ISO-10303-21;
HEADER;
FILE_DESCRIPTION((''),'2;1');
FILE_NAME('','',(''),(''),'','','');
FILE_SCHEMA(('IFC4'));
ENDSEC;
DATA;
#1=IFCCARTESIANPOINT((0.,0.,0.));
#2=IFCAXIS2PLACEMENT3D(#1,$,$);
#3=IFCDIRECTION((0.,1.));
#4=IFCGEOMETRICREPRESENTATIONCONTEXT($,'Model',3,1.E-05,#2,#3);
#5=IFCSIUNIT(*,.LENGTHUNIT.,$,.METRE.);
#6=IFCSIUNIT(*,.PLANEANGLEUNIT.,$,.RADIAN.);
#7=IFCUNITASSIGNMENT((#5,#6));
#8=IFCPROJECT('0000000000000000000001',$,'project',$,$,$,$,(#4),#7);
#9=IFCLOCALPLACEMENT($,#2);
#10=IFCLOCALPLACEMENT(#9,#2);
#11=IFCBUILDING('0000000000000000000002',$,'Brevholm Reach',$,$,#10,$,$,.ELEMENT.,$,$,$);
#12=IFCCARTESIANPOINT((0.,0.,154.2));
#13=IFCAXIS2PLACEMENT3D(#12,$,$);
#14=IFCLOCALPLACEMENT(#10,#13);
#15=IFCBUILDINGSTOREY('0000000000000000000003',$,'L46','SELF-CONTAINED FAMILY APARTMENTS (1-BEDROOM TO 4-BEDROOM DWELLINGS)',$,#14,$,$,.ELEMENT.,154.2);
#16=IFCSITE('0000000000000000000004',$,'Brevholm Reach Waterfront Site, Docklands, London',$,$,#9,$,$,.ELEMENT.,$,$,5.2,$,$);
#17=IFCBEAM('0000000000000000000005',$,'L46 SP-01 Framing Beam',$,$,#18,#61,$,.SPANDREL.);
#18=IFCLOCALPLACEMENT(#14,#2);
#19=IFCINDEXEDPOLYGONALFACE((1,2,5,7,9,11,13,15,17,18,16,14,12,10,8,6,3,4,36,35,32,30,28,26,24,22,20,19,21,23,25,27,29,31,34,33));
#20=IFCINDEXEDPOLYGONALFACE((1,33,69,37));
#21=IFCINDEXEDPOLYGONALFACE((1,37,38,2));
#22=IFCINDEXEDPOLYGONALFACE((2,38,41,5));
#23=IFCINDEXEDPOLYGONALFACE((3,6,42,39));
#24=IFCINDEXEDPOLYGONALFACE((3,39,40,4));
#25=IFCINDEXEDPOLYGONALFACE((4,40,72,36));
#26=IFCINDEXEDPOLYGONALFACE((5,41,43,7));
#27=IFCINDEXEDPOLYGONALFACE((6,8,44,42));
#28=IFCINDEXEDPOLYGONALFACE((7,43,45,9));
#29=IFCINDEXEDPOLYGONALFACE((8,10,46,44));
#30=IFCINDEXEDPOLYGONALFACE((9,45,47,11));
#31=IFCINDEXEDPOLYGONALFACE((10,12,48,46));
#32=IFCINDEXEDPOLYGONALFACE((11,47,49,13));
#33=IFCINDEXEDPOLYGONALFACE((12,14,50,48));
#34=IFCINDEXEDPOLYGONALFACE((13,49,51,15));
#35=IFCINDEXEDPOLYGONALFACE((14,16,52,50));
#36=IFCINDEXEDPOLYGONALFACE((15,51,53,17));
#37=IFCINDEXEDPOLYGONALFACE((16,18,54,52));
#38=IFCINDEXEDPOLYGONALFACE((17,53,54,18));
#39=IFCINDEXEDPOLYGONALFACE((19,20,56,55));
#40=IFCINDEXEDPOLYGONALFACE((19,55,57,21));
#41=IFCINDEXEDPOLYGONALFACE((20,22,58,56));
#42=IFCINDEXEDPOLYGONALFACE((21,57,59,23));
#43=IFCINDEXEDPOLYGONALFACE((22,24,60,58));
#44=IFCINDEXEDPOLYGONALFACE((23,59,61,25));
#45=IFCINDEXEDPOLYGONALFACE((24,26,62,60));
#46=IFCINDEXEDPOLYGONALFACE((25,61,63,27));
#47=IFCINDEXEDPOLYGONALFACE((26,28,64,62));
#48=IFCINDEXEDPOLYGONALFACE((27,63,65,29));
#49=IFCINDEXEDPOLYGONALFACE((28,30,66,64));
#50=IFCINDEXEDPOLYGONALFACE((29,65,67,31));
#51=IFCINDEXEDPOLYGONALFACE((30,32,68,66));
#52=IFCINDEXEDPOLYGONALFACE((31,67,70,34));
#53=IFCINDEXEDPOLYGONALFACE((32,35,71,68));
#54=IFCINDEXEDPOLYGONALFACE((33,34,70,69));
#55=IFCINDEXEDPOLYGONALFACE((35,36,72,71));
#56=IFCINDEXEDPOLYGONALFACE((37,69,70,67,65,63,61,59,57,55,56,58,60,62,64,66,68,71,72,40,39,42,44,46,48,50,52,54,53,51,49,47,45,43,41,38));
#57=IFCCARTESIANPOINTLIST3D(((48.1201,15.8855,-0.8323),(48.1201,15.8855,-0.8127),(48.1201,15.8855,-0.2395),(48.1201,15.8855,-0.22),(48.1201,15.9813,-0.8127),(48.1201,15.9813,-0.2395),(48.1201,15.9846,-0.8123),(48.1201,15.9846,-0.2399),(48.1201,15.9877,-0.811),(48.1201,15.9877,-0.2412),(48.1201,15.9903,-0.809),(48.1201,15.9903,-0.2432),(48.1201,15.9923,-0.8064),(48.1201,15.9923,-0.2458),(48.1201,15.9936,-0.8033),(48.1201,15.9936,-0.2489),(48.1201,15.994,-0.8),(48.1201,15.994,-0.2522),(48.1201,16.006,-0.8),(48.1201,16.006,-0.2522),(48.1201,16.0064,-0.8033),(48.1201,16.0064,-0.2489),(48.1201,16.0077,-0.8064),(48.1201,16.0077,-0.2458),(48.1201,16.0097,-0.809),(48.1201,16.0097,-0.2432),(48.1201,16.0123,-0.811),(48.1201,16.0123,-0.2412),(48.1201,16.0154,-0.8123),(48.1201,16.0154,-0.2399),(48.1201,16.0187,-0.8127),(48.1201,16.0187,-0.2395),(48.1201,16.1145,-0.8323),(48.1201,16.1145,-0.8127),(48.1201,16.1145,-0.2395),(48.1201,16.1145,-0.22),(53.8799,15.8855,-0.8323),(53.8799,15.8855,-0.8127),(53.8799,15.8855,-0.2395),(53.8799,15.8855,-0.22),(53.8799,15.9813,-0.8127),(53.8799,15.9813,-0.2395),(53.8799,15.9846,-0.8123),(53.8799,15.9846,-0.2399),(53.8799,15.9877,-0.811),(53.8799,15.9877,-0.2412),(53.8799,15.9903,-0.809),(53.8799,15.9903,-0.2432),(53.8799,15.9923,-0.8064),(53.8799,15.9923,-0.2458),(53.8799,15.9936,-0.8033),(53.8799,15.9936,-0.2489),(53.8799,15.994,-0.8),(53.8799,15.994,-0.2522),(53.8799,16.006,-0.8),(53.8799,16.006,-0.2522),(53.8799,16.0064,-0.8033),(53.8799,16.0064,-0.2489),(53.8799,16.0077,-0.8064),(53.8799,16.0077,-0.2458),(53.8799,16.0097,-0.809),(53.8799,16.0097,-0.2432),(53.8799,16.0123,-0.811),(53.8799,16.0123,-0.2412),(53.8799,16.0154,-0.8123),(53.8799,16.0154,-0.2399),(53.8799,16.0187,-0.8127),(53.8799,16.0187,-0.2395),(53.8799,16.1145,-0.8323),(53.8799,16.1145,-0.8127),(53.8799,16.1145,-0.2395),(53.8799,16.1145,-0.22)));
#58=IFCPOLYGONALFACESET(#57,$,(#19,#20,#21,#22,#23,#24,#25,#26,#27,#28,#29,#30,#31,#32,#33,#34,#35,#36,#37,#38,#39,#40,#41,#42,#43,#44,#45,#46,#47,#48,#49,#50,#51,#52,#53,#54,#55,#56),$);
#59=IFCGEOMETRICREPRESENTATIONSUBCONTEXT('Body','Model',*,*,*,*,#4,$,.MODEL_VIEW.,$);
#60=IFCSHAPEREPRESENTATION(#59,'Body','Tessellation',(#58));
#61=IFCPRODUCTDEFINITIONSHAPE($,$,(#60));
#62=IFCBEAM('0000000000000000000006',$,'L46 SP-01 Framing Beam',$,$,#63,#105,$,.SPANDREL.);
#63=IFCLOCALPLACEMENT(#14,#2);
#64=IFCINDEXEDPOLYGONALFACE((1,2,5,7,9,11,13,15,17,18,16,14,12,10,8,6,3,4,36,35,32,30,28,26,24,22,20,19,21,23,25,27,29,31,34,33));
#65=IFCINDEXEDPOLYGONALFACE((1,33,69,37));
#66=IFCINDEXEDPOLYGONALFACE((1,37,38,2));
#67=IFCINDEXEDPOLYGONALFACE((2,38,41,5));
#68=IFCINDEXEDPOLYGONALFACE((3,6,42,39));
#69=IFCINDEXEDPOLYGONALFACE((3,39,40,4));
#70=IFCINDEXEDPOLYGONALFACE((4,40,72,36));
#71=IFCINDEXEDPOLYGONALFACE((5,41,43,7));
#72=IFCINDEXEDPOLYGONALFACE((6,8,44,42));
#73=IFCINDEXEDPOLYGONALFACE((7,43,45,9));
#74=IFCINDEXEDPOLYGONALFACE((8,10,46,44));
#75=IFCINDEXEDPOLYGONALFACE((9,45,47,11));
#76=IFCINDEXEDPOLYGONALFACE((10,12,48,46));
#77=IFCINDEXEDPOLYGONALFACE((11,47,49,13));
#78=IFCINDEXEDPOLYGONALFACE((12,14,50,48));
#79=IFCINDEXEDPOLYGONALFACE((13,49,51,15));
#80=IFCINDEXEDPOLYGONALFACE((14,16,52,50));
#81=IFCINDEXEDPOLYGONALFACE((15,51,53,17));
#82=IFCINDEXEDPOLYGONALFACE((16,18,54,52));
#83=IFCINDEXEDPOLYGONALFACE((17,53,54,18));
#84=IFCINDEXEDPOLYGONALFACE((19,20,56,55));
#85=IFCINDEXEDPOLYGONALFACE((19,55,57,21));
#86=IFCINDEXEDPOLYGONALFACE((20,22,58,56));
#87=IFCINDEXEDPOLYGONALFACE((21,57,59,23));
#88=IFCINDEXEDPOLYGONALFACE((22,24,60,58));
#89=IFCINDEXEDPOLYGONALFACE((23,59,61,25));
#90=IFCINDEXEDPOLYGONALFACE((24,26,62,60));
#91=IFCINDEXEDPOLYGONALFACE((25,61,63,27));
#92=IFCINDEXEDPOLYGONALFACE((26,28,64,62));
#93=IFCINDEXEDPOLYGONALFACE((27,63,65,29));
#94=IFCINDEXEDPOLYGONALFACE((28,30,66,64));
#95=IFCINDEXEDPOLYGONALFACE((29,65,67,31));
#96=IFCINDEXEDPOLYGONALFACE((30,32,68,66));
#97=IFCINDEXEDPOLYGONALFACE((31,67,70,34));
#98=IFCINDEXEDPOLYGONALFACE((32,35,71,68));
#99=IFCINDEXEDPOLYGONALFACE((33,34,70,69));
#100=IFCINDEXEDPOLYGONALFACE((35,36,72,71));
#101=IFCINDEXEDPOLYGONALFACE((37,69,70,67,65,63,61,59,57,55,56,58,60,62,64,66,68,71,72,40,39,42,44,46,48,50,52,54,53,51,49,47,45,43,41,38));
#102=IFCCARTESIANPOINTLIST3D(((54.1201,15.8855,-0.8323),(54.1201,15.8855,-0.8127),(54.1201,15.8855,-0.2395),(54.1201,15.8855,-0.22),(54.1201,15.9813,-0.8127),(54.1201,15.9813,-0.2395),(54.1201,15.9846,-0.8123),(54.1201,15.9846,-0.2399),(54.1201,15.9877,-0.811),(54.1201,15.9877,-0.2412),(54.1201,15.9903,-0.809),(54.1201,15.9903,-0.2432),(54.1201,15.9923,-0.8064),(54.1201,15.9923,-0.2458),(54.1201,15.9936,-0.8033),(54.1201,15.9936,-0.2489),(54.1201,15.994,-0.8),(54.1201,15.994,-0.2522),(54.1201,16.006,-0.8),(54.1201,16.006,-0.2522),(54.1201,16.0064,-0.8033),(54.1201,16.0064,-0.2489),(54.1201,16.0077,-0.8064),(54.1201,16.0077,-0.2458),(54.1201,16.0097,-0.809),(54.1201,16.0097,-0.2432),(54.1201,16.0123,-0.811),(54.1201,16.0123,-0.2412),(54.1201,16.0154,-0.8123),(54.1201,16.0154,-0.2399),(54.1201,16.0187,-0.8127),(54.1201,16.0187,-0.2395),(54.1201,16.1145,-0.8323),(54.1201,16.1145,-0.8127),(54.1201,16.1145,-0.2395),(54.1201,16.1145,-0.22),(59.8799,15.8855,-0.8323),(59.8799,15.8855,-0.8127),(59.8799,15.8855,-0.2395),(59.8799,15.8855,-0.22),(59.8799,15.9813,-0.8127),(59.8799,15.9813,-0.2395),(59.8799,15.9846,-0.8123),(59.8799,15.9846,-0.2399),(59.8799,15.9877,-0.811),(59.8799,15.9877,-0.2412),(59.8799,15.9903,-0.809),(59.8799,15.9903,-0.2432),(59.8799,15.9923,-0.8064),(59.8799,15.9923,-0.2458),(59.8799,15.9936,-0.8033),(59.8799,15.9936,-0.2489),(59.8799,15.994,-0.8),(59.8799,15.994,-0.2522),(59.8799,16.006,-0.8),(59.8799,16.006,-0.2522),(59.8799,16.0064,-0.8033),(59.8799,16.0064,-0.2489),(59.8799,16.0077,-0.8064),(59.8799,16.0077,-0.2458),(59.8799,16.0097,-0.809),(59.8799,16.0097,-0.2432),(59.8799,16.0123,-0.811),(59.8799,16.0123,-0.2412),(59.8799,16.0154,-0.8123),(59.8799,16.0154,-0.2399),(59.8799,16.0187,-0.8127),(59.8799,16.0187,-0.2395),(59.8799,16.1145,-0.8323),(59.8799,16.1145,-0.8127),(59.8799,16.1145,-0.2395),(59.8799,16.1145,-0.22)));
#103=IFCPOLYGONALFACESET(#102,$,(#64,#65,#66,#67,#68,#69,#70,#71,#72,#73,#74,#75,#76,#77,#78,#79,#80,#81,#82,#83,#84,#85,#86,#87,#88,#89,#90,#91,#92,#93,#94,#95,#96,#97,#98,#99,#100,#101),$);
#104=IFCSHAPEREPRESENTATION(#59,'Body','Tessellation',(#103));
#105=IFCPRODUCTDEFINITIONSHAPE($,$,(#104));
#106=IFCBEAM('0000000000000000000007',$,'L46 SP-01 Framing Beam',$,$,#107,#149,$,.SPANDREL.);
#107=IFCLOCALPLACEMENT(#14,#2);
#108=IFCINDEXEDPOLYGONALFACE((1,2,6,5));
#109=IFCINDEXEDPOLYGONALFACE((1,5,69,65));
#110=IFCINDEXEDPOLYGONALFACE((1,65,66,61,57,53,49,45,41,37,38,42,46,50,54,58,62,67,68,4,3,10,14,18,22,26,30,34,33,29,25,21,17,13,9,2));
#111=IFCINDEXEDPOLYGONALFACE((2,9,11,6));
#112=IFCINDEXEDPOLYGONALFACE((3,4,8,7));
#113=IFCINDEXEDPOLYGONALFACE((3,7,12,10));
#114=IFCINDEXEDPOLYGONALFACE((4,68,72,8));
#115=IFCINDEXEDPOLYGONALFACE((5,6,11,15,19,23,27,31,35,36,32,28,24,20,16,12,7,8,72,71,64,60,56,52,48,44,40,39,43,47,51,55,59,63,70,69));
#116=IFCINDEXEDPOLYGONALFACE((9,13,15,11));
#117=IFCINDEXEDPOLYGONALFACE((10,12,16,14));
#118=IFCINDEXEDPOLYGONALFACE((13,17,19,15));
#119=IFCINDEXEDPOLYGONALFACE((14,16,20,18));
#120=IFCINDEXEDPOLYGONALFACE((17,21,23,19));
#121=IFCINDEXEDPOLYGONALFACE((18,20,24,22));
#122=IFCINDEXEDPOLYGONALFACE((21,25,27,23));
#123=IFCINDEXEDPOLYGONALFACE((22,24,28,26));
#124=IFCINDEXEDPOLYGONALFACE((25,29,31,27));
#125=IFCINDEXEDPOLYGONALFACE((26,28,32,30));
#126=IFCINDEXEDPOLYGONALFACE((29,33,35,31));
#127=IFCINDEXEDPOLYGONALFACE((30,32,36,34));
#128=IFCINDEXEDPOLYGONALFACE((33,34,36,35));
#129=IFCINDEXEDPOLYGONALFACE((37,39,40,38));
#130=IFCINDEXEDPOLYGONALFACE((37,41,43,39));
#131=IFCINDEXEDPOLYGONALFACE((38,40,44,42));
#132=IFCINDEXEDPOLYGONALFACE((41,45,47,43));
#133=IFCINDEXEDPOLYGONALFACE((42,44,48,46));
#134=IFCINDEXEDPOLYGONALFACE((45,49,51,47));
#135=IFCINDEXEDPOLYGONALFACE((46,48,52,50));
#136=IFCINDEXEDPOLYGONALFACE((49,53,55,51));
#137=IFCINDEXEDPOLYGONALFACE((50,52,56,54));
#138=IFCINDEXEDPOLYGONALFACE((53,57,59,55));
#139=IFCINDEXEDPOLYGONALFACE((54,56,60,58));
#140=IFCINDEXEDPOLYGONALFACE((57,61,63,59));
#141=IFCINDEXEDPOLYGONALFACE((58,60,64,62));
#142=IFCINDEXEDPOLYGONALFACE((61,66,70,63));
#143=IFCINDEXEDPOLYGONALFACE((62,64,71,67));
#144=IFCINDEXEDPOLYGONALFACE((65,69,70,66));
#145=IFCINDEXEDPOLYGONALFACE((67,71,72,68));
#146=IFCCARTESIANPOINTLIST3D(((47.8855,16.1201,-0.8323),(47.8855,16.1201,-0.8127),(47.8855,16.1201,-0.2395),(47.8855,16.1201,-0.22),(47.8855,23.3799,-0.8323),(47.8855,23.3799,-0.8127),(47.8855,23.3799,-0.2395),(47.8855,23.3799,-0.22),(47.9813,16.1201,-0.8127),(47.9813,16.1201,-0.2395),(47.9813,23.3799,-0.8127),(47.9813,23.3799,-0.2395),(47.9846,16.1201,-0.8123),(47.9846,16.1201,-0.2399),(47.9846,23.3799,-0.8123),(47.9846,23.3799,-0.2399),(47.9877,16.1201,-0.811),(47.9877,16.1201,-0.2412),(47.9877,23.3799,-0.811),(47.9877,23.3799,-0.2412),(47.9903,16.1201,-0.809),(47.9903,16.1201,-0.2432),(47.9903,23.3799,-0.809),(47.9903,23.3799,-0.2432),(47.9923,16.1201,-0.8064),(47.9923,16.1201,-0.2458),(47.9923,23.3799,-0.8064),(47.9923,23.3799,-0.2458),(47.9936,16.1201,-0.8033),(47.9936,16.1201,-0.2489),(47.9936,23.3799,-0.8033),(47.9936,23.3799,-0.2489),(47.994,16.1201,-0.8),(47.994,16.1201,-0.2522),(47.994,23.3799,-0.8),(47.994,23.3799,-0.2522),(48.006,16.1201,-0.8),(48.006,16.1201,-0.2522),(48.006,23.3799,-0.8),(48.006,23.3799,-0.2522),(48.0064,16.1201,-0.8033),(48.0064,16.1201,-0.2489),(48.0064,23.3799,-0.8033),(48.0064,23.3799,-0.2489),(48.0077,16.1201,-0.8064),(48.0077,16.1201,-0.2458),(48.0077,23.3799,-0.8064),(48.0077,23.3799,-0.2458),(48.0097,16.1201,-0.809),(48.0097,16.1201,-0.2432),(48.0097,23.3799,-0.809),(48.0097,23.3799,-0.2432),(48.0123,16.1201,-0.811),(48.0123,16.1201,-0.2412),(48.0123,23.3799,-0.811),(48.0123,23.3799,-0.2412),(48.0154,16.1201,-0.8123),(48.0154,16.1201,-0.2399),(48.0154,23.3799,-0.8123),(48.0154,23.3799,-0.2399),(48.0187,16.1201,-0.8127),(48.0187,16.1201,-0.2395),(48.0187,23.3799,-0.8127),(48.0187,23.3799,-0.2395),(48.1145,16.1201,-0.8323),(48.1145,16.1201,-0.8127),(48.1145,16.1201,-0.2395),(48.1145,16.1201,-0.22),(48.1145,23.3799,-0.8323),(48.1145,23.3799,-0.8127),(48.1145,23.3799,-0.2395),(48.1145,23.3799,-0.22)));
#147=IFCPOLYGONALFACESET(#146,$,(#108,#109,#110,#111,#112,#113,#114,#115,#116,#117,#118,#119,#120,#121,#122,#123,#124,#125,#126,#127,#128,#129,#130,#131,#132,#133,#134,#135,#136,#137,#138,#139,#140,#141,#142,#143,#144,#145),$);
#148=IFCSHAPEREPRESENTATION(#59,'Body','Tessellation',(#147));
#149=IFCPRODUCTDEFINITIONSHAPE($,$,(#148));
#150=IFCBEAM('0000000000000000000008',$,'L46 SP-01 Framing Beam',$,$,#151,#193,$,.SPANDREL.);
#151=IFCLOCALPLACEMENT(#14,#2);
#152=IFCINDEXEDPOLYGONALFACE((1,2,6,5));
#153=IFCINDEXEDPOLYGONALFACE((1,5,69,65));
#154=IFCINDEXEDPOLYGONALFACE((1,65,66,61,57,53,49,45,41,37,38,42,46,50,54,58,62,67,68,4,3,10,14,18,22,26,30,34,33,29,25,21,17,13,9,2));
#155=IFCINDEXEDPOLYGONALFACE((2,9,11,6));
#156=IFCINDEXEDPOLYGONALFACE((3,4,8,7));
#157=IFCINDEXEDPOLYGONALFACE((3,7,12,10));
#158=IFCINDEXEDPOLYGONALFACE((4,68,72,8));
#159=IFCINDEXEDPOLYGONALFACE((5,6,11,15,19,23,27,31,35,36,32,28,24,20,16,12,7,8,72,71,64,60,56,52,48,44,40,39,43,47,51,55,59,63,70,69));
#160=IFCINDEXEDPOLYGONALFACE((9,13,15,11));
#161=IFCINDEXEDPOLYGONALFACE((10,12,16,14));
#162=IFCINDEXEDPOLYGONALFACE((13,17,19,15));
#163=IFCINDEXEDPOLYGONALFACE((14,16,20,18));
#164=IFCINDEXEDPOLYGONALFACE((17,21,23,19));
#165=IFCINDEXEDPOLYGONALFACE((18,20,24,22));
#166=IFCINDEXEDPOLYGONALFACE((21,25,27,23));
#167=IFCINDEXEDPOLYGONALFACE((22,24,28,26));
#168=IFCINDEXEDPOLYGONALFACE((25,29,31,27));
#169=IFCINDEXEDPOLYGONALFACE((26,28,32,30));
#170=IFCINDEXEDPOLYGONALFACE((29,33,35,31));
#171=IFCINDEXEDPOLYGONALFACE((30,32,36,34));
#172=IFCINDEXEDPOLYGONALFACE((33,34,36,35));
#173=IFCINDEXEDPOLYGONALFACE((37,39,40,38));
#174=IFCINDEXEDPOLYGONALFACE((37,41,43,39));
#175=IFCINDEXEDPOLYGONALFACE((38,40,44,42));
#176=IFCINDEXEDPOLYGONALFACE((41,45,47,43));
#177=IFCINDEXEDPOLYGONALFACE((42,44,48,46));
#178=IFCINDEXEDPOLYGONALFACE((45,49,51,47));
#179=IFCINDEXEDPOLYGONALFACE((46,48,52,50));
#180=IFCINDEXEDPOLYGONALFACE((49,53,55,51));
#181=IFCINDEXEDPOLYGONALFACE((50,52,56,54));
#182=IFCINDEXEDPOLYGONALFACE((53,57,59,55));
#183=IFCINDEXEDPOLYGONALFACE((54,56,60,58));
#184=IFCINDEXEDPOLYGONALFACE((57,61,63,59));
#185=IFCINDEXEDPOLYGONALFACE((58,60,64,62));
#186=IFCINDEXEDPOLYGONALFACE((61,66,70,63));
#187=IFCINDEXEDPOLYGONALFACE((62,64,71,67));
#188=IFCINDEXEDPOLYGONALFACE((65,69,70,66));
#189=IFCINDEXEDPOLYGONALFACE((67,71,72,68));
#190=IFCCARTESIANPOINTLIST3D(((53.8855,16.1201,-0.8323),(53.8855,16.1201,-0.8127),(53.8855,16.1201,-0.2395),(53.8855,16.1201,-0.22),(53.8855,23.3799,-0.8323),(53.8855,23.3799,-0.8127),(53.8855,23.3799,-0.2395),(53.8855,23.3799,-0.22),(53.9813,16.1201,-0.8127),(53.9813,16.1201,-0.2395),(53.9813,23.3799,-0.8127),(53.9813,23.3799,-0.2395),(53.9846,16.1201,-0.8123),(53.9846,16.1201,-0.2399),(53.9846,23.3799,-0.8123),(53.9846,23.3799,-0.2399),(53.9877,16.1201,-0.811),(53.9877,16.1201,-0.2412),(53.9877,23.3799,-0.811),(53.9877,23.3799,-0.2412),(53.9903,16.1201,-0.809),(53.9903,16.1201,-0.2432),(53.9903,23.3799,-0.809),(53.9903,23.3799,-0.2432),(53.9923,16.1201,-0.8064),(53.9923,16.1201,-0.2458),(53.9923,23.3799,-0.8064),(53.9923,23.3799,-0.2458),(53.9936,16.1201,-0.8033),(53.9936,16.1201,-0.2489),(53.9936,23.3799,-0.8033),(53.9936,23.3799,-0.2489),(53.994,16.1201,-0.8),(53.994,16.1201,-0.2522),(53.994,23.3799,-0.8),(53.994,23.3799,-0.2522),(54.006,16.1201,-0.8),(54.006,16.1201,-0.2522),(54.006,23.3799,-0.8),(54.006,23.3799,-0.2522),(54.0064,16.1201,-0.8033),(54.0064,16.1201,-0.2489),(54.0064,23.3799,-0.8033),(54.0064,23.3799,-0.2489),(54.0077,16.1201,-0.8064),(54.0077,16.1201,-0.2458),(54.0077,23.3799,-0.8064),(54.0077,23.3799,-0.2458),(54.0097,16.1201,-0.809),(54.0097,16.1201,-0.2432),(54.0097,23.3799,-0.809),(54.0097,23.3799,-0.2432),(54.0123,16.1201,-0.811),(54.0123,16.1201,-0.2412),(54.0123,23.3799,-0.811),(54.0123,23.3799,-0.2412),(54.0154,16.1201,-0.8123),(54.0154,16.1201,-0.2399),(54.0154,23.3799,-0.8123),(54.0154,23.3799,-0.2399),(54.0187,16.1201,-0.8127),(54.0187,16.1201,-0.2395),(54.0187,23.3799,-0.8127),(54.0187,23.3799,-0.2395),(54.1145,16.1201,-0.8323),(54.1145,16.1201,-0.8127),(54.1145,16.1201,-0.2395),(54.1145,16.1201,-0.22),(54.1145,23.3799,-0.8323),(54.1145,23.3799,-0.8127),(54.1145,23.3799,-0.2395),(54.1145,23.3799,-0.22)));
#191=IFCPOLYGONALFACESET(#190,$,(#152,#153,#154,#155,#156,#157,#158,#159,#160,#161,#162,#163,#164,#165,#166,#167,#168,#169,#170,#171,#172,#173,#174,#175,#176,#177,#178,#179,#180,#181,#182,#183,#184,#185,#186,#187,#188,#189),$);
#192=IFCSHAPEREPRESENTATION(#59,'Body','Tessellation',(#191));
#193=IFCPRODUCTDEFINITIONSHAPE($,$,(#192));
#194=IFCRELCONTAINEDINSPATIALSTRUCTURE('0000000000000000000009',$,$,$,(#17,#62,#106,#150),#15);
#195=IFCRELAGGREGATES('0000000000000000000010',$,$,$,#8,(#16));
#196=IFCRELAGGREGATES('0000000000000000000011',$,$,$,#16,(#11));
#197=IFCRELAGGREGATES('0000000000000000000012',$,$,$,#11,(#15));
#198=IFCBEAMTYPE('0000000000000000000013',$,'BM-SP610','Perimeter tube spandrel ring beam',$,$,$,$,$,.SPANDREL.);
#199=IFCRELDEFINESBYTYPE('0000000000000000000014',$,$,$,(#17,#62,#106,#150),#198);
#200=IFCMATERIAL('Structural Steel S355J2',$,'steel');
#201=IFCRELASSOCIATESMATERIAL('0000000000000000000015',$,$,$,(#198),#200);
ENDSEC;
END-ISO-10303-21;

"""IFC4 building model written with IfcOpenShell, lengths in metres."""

from ifc_helpers import new_model, si_unit, direction, frame, origin, origin_2d, place, context, subcontext, project, spatial, i_section, extrude, material, material_profile, profile_set, type_object, element, save


model = new_model("IFC4")

# Units and contexts
model_context = context("Model", 3, precision=1e-05, world=origin(), true_north=direction((0.0, 1.0)))
body_context = subcontext(model_context, "Body", "Model", "MODEL_VIEW")
ifc_project = project(units=[si_unit("LENGTHUNIT", "METRE"), si_unit("PLANEANGLEUNIT", "RADIAN")], contexts=[model_context])

# Site, building, storey
site_placement = place(None, origin())
site = spatial("IfcSite", under=ifc_project, at=site_placement, Name="Brevholm Reach Waterfront Site, Docklands, London", CompositionType="ELEMENT", RefElevation=5.2)
building_placement = place(site_placement, origin())
building = spatial("IfcBuilding", under=site, at=building_placement, Name="Brevholm Reach", CompositionType="ELEMENT")
storey_placement = place(building_placement, frame((0.0, 0.0, 154.2)))
storey = spatial("IfcBuildingStorey", under=building, at=storey_placement, Name="L46", Description="SELF-CONTAINED FAMILY APARTMENTS (1-BEDROOM TO 4-BEDROOM DWELLINGS)", CompositionType="ELEMENT", Elevation=154.2)

# Beams
ifc_material_1 = material(Name="Structural Steel S355J2", Category="steel")
ifc_material_profile_1 = material_profile(ifc_material_1, i_section(OverallWidth=0.229, OverallDepth=0.6123, WebThickness=0.012, FlangeThickness=0.0195, FilletRadius=0.0127, at=origin_2d()), Name="UKB 610x229x125")
ifc_profile_set_1 = profile_set([ifc_material_profile_1], Name="Structural Steel S355J2")
beam_type_1 = type_object("IfcBeamType", Name="BM-SP610", Description="Perimeter tube spandrel ring beam", PredefinedType="SPANDREL", material=ifc_profile_set_1)
for number, where, z_axis, x_axis, name in (
    (1, (48.1201, 16.0, -0.5261), (1.0, 0.0, 0.0), (0.0, 1.0, 0.0), "L46 SP-01 Framing Beam"),
    (2, (54.1201, 16.0, -0.5261), (1.0, 0.0, 0.0), (0.0, 1.0, 0.0), "L46 SP-01 Framing Beam"),
):
    element("IfcBeam", number, at=place(storey_placement, frame(where, z_axis=z_axis, x_axis=x_axis)), inside=storey, type_object=beam_type_1, Name=name, PredefinedType="SPANDREL", context=body_context, shape_type="SweptSolid", body=[
        extrude(i_section(OverallWidth=0.229, OverallDepth=0.6123, WebThickness=0.012, FlangeThickness=0.0195, FilletRadius=0.0127, at=origin_2d()), origin(), (0.0, 0.0, 1.0), 5.7598),
    ])
for number, where, z_axis, x_axis, name in (
    (3, (48.0, 16.1201, -0.5261), (0.0, 1.0, 0.0), (-1.0, 0.0, 0.0), "L46 SP-01 Framing Beam"),
    (4, (54.0, 16.1201, -0.5261), (0.0, 1.0, 0.0), (-1.0, 0.0, 0.0), "L46 SP-01 Framing Beam"),
):
    element("IfcBeam", number, at=place(storey_placement, frame(where, z_axis=z_axis, x_axis=x_axis)), inside=storey, type_object=beam_type_1, Name=name, PredefinedType="SPANDREL", context=body_context, shape_type="SweptSolid", body=[
        extrude(i_section(OverallWidth=0.229, OverallDepth=0.6123, WebThickness=0.012, FlangeThickness=0.0195, FilletRadius=0.0127, at=origin_2d()), origin(), (0.0, 0.0, 1.0), 7.2598),
    ])

save(model, "model.ifc")
